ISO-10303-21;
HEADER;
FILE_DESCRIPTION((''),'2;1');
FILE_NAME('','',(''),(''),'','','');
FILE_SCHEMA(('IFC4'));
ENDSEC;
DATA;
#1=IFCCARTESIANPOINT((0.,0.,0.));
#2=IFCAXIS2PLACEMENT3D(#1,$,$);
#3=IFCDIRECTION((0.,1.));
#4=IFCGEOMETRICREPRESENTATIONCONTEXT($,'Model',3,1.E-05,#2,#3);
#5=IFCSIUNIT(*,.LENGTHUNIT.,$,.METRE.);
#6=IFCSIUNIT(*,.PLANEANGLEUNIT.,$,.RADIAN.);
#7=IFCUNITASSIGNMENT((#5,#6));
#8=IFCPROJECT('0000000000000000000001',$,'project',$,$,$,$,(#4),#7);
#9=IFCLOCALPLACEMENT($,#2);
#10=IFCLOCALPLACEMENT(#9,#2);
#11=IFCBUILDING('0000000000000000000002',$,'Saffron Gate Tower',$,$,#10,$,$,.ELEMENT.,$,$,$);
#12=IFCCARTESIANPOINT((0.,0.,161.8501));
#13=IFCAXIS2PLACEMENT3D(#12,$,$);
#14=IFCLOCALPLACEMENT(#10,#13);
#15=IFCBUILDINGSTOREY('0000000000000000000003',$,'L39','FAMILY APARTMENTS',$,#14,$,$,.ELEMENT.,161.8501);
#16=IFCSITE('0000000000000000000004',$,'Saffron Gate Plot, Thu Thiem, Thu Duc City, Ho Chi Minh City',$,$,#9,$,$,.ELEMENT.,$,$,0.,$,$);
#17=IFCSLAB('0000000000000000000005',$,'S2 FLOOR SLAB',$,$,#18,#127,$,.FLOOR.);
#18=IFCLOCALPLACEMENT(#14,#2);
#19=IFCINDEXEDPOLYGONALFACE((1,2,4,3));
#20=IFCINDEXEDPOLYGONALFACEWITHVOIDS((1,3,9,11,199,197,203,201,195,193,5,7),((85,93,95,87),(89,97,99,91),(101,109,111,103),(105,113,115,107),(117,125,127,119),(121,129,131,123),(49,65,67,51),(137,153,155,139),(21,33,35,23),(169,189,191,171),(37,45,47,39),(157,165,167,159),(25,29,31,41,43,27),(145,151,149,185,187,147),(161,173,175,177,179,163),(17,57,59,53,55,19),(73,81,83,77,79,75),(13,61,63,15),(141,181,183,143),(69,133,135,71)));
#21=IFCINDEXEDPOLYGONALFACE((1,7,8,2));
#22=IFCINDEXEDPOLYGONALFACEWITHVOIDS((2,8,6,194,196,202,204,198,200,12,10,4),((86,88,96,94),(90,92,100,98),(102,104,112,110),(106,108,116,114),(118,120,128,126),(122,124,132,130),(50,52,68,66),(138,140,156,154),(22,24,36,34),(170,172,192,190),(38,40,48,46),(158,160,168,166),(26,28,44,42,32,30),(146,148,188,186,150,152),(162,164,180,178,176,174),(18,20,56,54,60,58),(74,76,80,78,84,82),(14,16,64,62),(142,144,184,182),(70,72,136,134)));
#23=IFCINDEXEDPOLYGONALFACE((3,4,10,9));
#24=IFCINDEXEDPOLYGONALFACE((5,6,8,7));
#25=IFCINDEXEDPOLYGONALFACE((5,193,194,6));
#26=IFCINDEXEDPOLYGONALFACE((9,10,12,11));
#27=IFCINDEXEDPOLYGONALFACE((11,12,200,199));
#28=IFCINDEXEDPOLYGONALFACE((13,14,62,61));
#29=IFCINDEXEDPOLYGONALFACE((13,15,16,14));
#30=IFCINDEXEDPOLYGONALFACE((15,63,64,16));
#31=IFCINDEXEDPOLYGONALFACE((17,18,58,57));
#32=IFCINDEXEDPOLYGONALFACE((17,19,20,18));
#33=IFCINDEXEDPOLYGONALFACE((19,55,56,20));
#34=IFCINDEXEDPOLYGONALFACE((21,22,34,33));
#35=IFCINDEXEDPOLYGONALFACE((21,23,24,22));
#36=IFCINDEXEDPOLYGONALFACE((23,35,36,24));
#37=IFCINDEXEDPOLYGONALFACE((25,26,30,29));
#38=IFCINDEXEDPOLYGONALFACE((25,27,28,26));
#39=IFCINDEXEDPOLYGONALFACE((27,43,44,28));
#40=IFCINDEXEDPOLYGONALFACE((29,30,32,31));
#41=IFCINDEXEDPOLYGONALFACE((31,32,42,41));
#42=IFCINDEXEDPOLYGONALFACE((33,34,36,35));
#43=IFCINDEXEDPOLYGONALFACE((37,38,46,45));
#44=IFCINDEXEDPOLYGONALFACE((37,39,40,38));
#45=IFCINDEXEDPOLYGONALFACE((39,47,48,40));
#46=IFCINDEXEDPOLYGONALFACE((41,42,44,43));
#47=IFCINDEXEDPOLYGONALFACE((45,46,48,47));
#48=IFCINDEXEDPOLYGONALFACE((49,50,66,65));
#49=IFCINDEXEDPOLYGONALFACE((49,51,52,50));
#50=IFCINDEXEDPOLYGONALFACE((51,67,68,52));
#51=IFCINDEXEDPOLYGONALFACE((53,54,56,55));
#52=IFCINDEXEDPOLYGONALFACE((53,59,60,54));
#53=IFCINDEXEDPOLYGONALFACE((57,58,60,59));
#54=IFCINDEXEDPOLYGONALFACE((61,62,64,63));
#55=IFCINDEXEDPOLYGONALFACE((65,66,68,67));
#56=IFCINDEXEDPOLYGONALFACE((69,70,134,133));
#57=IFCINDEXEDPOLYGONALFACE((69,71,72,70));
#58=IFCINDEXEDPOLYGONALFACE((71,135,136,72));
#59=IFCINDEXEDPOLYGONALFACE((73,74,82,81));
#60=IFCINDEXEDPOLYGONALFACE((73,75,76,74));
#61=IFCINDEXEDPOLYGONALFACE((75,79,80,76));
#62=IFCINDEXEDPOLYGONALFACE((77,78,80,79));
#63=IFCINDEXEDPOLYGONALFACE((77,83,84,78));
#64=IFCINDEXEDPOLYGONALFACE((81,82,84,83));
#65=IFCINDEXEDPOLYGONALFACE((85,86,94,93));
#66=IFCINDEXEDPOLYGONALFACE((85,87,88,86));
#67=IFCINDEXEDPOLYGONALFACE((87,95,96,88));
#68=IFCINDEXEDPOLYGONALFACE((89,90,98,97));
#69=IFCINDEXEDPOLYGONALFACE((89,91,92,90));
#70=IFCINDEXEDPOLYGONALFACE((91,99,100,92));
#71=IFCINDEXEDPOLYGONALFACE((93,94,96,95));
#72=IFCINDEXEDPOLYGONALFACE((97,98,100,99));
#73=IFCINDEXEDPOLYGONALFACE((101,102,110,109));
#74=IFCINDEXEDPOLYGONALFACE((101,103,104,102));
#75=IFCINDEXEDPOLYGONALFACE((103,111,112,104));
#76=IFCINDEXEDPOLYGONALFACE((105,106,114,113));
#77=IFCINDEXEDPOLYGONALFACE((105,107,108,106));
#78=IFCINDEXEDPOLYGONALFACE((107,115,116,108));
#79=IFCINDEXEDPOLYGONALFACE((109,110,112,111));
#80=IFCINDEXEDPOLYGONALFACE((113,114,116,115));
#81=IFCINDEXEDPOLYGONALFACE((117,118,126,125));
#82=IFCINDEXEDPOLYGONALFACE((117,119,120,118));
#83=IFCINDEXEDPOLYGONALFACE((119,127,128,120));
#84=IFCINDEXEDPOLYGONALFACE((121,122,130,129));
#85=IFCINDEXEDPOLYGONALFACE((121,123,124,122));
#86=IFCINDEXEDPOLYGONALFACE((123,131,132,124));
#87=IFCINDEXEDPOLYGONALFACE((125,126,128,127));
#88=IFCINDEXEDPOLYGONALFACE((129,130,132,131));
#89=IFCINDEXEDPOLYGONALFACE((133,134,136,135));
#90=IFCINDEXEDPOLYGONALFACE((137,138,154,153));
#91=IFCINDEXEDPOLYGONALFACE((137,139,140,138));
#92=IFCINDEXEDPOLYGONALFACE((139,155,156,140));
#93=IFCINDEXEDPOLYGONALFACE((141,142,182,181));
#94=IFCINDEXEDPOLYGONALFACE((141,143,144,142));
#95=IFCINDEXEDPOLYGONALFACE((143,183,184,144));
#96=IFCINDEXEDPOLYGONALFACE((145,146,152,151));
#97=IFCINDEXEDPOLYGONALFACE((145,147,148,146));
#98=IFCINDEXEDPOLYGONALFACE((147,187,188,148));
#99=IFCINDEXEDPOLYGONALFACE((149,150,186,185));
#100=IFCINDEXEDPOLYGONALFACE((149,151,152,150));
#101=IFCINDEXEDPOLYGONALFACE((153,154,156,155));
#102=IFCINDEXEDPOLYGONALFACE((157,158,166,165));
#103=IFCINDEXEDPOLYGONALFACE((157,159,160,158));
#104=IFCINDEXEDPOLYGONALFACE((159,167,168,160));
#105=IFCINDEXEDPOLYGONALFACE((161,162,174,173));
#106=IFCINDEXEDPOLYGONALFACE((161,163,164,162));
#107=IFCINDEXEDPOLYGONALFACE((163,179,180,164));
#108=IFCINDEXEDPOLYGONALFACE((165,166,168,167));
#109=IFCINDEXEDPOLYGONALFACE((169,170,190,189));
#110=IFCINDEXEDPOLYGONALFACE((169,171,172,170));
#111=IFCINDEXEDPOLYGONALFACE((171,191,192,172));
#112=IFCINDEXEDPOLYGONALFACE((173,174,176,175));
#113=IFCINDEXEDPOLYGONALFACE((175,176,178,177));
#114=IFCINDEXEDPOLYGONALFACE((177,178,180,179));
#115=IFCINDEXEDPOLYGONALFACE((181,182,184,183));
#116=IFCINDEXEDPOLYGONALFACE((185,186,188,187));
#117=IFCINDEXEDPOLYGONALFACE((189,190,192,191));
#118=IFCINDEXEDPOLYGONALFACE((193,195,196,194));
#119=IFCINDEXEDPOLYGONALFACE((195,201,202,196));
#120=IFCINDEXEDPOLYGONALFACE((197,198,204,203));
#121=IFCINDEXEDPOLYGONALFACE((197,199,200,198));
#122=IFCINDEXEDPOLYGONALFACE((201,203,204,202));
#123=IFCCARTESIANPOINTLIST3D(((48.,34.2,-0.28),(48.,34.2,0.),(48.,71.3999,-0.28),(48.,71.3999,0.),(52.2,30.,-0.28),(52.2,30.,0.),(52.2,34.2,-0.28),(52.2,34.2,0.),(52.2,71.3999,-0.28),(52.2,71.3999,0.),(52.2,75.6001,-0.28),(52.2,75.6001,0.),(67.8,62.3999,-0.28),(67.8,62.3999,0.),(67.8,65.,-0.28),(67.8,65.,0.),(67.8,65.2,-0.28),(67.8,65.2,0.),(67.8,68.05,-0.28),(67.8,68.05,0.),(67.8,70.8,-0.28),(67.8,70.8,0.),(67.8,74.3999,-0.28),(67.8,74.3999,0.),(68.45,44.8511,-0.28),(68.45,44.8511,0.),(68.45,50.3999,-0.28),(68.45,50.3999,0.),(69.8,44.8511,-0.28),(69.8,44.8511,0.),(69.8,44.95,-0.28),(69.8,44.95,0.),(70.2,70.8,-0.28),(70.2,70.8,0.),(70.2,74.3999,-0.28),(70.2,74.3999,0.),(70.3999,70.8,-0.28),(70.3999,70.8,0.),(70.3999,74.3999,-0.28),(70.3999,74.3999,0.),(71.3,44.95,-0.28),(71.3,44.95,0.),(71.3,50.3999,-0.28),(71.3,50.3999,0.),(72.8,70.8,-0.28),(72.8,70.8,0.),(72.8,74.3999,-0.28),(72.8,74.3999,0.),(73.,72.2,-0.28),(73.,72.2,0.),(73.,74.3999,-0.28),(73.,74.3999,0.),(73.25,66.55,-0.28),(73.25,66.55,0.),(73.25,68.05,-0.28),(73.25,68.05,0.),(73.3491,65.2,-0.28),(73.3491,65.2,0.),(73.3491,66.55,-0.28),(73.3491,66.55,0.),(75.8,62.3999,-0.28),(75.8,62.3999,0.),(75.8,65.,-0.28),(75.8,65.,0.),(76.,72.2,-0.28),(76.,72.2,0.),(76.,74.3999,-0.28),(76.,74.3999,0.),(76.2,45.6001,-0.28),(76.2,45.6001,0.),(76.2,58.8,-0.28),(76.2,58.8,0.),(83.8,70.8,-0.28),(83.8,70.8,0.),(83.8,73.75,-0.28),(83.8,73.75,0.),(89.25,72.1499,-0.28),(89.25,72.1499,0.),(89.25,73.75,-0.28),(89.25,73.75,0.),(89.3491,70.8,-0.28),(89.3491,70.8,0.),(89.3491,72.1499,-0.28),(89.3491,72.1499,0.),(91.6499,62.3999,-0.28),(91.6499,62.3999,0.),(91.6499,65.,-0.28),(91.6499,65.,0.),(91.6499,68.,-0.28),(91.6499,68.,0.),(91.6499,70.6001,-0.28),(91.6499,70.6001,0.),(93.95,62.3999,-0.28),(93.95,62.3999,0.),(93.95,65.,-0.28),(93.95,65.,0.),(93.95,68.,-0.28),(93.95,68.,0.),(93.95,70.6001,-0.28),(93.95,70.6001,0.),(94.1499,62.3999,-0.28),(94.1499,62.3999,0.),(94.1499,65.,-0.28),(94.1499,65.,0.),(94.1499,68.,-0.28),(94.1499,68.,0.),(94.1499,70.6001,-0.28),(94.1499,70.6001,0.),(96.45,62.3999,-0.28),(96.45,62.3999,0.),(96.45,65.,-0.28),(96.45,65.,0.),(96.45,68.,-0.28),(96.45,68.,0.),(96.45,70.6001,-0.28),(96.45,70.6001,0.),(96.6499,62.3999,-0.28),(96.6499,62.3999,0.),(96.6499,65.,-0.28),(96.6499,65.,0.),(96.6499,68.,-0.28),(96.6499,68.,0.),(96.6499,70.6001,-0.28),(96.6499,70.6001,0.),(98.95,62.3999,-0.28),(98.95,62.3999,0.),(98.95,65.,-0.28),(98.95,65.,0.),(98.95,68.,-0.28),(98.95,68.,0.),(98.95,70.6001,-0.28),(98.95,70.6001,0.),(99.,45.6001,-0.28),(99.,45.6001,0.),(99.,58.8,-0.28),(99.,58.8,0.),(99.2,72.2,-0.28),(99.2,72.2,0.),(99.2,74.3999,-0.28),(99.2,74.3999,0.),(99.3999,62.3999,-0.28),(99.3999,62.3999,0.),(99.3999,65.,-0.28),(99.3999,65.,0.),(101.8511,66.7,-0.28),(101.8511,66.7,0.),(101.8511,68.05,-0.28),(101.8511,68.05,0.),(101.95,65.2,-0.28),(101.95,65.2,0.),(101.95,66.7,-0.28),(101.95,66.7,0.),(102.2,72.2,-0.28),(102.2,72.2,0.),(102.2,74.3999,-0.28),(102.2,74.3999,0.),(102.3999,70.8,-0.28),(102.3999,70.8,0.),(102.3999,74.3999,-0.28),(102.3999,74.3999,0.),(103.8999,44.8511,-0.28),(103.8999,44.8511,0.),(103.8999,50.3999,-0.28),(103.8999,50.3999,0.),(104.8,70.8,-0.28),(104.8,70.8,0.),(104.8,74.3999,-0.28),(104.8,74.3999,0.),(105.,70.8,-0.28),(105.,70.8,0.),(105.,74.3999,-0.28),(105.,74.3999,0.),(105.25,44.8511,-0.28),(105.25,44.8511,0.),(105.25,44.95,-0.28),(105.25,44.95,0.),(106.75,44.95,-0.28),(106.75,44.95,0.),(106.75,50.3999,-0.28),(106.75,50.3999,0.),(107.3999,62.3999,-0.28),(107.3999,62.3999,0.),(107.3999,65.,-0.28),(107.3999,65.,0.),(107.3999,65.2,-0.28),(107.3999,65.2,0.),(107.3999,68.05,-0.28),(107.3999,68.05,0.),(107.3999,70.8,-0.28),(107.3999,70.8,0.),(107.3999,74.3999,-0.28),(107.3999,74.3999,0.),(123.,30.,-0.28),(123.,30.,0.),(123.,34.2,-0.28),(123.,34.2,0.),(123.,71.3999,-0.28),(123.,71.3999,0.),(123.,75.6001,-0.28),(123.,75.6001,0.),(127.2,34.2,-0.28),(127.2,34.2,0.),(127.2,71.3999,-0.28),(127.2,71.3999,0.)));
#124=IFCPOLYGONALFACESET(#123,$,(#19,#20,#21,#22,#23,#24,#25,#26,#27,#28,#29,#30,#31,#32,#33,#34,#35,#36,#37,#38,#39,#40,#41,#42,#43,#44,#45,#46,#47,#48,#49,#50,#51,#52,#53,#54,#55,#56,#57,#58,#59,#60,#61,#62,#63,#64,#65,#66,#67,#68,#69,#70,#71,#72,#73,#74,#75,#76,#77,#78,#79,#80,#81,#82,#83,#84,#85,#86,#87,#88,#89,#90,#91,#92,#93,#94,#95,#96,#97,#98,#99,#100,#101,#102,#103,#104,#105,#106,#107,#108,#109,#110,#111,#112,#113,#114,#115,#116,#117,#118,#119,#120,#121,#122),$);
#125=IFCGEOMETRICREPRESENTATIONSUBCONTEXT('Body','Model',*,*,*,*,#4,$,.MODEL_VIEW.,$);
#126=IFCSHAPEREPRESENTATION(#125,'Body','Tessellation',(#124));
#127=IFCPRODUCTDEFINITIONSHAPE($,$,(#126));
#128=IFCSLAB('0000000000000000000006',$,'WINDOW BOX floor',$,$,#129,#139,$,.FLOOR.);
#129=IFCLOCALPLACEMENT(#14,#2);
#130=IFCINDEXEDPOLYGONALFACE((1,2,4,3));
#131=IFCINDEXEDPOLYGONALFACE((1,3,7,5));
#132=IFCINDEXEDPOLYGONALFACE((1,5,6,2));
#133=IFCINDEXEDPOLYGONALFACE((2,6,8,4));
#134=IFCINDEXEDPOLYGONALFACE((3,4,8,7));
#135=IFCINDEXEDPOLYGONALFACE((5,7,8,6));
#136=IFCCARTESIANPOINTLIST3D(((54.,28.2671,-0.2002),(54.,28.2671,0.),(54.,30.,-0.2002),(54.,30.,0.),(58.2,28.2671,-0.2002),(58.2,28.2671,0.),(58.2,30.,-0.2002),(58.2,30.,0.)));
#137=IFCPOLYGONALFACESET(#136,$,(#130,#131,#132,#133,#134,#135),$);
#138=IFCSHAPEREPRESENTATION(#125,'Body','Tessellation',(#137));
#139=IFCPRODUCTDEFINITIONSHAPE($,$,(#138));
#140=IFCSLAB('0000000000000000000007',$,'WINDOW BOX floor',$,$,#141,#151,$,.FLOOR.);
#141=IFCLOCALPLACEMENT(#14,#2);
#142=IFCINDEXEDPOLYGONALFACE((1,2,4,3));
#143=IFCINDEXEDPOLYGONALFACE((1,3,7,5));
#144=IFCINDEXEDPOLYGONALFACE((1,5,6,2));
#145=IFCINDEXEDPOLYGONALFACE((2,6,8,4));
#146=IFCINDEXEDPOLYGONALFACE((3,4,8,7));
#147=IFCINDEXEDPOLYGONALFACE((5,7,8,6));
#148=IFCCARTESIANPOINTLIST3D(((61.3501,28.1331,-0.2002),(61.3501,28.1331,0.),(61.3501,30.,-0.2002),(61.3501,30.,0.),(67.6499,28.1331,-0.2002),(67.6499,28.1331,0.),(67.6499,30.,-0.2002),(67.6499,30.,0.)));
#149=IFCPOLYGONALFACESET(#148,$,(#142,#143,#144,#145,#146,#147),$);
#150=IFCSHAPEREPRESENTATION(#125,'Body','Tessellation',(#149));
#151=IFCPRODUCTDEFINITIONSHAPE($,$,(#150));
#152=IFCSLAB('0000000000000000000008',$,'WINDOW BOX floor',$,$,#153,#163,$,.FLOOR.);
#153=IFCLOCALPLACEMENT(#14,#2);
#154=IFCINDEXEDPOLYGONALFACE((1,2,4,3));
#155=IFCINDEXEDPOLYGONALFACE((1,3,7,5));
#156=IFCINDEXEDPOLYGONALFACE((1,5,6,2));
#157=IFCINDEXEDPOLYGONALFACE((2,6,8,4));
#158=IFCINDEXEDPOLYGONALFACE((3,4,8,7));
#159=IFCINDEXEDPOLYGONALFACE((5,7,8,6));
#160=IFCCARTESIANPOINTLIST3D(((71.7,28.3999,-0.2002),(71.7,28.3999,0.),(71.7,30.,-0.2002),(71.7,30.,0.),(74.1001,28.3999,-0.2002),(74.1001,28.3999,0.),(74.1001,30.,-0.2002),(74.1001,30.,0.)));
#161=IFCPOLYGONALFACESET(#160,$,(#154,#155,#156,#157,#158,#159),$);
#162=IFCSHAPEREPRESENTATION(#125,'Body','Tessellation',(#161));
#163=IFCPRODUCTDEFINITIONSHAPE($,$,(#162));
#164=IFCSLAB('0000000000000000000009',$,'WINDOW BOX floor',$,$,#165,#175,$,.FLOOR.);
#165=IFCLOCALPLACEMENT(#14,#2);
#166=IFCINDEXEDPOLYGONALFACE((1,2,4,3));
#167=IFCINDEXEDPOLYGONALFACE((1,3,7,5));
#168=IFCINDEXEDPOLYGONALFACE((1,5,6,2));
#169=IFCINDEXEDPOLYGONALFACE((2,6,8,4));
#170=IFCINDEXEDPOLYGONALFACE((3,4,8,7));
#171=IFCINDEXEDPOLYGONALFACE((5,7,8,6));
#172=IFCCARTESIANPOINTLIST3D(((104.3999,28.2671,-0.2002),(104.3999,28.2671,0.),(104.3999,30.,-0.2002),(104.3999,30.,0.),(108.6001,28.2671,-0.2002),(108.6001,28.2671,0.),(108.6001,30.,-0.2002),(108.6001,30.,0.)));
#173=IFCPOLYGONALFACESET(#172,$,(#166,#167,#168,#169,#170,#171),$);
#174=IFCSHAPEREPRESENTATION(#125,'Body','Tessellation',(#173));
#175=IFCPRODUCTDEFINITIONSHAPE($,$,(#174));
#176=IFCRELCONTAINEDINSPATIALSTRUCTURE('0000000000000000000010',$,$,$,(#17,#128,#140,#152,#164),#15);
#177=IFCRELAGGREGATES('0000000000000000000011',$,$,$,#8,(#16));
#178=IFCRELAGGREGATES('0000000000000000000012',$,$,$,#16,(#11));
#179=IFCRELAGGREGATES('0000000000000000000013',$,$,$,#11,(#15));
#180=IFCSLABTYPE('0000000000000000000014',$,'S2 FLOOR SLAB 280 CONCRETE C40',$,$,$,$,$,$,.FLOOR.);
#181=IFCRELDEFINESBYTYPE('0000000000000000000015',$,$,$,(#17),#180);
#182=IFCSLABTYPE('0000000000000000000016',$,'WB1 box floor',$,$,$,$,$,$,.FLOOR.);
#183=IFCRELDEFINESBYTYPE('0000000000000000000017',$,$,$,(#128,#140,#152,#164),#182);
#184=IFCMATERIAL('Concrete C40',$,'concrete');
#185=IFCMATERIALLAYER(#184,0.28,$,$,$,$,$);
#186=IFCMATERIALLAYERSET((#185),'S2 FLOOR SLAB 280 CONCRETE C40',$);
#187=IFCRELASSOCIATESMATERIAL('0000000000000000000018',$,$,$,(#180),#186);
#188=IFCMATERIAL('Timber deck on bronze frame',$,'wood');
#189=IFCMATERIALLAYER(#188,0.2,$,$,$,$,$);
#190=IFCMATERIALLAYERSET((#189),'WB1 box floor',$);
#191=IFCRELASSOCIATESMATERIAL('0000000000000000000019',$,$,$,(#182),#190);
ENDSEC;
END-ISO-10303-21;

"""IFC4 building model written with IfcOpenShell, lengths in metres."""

from ifc_helpers import new_model, si_unit, direction, frame, origin, place, context, subcontext, project, spatial, polyline, outline, extrude, material, layer, layer_set, type_object, element, save


model = new_model("IFC4")

# Units and contexts
model_context = context("Model", 3, precision=1e-05, world=origin(), true_north=direction((0.0, 1.0)))
body_context = subcontext(model_context, "Body", "Model", "MODEL_VIEW")
ifc_project = project(units=[si_unit("LENGTHUNIT", "METRE"), si_unit("PLANEANGLEUNIT", "RADIAN")], contexts=[model_context])

# Site, building, storey
site_placement = place(None, origin())
site = spatial("IfcSite", under=ifc_project, at=site_placement, Name="Saffron Gate Plot, Thu Thiem, Thu Duc City, Ho Chi Minh City", CompositionType="ELEMENT", RefElevation=0.0)
building_placement = place(site_placement, origin())
building = spatial("IfcBuilding", under=site, at=building_placement, Name="Saffron Gate Tower", CompositionType="ELEMENT")
storey_placement = place(building_placement, frame((0.0, 0.0, 161.8501)))
storey = spatial("IfcBuildingStorey", under=building, at=storey_placement, Name="L39", Description="FAMILY APARTMENTS", CompositionType="ELEMENT", Elevation=161.8501)

# Slabs
ifc_material_1 = material(Name="Concrete C40", Category="concrete")
ifc_layer_1 = layer(ifc_material_1, 0.28)
ifc_layer_set_1 = layer_set([ifc_layer_1], Name="S2 FLOOR SLAB 280 CONCRETE C40")
slab_type_1 = type_object("IfcSlabType", Name="S2 FLOOR SLAB 280 CONCRETE C40", PredefinedType="FLOOR", material=ifc_layer_set_1)
slab_1_placement = place(storey_placement, frame((0.0, 0.0, -0.28)))
element("IfcSlab", 1, at=slab_1_placement, inside=storey, type_object=slab_type_1, Name="S2 FLOOR SLAB", PredefinedType="FLOOR", context=body_context, shape_type="SweptSolid", body=[
    extrude(outline(polyline([(48.0, 34.2), (52.2, 34.2), (52.2, 30.0), (123.0, 30.0), (123.0, 34.2), (127.2, 34.2), (127.2, 71.3999), (123.0, 71.3999), (123.0, 75.6001), (52.2, 75.6001), (52.2, 71.3999), (48.0, 71.3999), (48.0, 34.2)]), holes=[polyline([(67.8, 62.3999), (67.8, 65.0), (75.8, 65.0), (75.8, 62.3999), (67.8, 62.3999)]), polyline([(67.8, 65.2), (67.8, 68.05), (73.25, 68.05), (73.25, 66.55), (73.3491, 66.55), (73.3491, 65.2), (67.8, 65.2)]), polyline([(67.8, 70.8), (67.8, 74.3999), (70.2, 74.3999), (70.2, 70.8), (67.8, 70.8)]), polyline([(68.45, 44.8511), (68.45, 50.3999), (71.3, 50.3999), (71.3, 44.95), (69.8, 44.95), (69.8, 44.8511), (68.45, 44.8511)]), polyline([(70.3999, 70.8), (70.3999, 74.3999), (72.8, 74.3999), (72.8, 70.8), (70.3999, 70.8)]), polyline([(73.0, 72.2), (73.0, 74.3999), (76.0, 74.3999), (76.0, 72.2), (73.0, 72.2)]), polyline([(76.2, 45.6001), (76.2, 58.8), (99.0, 58.8), (99.0, 45.6001), (76.2, 45.6001)]), polyline([(83.8, 70.8), (83.8, 73.75), (89.25, 73.75), (89.25, 72.1499), (89.3491, 72.1499), (89.3491, 70.8), (83.8, 70.8)]), polyline([(91.6499, 62.3999), (91.6499, 65.0), (93.95, 65.0), (93.95, 62.3999), (91.6499, 62.3999)]), polyline([(91.6499, 68.0), (91.6499, 70.6001), (93.95, 70.6001), (93.95, 68.0), (91.6499, 68.0)]), polyline([(94.1499, 62.3999), (94.1499, 65.0), (96.45, 65.0), (96.45, 62.3999), (94.1499, 62.3999)]), polyline([(94.1499, 68.0), (94.1499, 70.6001), (96.45, 70.6001), (96.45, 68.0), (94.1499, 68.0)]), polyline([(96.6499, 62.3999), (96.6499, 65.0), (98.95, 65.0), (98.95, 62.3999), (96.6499, 62.3999)]), polyline([(96.6499, 68.0), (96.6499, 70.6001), (98.95, 70.6001), (98.95, 68.0), (96.6499, 68.0)]), polyline([(99.2, 72.2), (99.2, 74.3999), (102.2, 74.3999), (102.2, 72.2), (99.2, 72.2)]), polyline([(99.3999, 62.3999), (99.3999, 65.0), (107.3999, 65.0), (107.3999, 62.3999), (99.3999, 62.3999)]), polyline([(101.8511, 66.7), (101.8511, 68.05), (107.3999, 68.05), (107.3999, 65.2), (101.95, 65.2), (101.95, 66.7), (101.8511, 66.7)]), polyline([(102.3999, 70.8), (102.3999, 74.3999), (104.8, 74.3999), (104.8, 70.8), (102.3999, 70.8)]), polyline([(103.8999, 44.8511), (103.8999, 50.3999), (106.75, 50.3999), (106.75, 44.95), (105.25, 44.95), (105.25, 44.8511), (103.8999, 44.8511)]), polyline([(105.0, 70.8), (105.0, 74.3999), (107.3999, 74.3999), (107.3999, 70.8), (105.0, 70.8)])]), origin(), (0.0, 0.0, 1.0), 0.28),
])
ifc_material_2 = material(Name="Timber deck on bronze frame", Category="wood")
ifc_layer_2 = layer(ifc_material_2, 0.2)
ifc_layer_set_2 = layer_set([ifc_layer_2], Name="WB1 box floor")
slab_type_2 = type_object("IfcSlabType", Name="WB1 box floor", PredefinedType="FLOOR", material=ifc_layer_set_2)
slab_2_placement = place(storey_placement, frame((0.0, 0.0, -0.2002)))
element("IfcSlab", 2, at=slab_2_placement, inside=storey, type_object=slab_type_2, Name="WINDOW BOX floor", PredefinedType="FLOOR", context=body_context, shape_type="SweptSolid", body=[
    extrude(outline(polyline([(54.0, 30.0), (58.2, 30.0), (58.2, 28.2671), (54.0, 28.2671), (54.0, 30.0)])), origin(), (0.0, 0.0, 1.0), 0.2002),
])
slab_3_placement = place(storey_placement, frame((0.0, 0.0, -0.2002)))
element("IfcSlab", 3, at=slab_3_placement, inside=storey, type_object=slab_type_2, Name="WINDOW BOX floor", PredefinedType="FLOOR", context=body_context, shape_type="SweptSolid", body=[
    extrude(outline(polyline([(61.3501, 30.0), (67.6499, 30.0), (67.6499, 28.1331), (61.3501, 28.1331), (61.3501, 30.0)])), origin(), (0.0, 0.0, 1.0), 0.2002),
])
slab_4_placement = place(storey_placement, frame((0.0, 0.0, -0.2002)))
element("IfcSlab", 4, at=slab_4_placement, inside=storey, type_object=slab_type_2, Name="WINDOW BOX floor", PredefinedType="FLOOR", context=body_context, shape_type="SweptSolid", body=[
    extrude(outline(polyline([(71.7, 30.0), (74.1001, 30.0), (74.1001, 28.3999), (71.7, 28.3999), (71.7, 30.0)])), origin(), (0.0, 0.0, 1.0), 0.2002),
])
slab_5_placement = place(storey_placement, frame((0.0, 0.0, -0.2002)))
element("IfcSlab", 5, at=slab_5_placement, inside=storey, type_object=slab_type_2, Name="WINDOW BOX floor", PredefinedType="FLOOR", context=body_context, shape_type="SweptSolid", body=[
    extrude(outline(polyline([(104.3999, 30.0), (108.6001, 30.0), (108.6001, 28.2671), (104.3999, 28.2671), (104.3999, 30.0)])), origin(), (0.0, 0.0, 1.0), 0.2002),
])

save(model, "model.ifc")
